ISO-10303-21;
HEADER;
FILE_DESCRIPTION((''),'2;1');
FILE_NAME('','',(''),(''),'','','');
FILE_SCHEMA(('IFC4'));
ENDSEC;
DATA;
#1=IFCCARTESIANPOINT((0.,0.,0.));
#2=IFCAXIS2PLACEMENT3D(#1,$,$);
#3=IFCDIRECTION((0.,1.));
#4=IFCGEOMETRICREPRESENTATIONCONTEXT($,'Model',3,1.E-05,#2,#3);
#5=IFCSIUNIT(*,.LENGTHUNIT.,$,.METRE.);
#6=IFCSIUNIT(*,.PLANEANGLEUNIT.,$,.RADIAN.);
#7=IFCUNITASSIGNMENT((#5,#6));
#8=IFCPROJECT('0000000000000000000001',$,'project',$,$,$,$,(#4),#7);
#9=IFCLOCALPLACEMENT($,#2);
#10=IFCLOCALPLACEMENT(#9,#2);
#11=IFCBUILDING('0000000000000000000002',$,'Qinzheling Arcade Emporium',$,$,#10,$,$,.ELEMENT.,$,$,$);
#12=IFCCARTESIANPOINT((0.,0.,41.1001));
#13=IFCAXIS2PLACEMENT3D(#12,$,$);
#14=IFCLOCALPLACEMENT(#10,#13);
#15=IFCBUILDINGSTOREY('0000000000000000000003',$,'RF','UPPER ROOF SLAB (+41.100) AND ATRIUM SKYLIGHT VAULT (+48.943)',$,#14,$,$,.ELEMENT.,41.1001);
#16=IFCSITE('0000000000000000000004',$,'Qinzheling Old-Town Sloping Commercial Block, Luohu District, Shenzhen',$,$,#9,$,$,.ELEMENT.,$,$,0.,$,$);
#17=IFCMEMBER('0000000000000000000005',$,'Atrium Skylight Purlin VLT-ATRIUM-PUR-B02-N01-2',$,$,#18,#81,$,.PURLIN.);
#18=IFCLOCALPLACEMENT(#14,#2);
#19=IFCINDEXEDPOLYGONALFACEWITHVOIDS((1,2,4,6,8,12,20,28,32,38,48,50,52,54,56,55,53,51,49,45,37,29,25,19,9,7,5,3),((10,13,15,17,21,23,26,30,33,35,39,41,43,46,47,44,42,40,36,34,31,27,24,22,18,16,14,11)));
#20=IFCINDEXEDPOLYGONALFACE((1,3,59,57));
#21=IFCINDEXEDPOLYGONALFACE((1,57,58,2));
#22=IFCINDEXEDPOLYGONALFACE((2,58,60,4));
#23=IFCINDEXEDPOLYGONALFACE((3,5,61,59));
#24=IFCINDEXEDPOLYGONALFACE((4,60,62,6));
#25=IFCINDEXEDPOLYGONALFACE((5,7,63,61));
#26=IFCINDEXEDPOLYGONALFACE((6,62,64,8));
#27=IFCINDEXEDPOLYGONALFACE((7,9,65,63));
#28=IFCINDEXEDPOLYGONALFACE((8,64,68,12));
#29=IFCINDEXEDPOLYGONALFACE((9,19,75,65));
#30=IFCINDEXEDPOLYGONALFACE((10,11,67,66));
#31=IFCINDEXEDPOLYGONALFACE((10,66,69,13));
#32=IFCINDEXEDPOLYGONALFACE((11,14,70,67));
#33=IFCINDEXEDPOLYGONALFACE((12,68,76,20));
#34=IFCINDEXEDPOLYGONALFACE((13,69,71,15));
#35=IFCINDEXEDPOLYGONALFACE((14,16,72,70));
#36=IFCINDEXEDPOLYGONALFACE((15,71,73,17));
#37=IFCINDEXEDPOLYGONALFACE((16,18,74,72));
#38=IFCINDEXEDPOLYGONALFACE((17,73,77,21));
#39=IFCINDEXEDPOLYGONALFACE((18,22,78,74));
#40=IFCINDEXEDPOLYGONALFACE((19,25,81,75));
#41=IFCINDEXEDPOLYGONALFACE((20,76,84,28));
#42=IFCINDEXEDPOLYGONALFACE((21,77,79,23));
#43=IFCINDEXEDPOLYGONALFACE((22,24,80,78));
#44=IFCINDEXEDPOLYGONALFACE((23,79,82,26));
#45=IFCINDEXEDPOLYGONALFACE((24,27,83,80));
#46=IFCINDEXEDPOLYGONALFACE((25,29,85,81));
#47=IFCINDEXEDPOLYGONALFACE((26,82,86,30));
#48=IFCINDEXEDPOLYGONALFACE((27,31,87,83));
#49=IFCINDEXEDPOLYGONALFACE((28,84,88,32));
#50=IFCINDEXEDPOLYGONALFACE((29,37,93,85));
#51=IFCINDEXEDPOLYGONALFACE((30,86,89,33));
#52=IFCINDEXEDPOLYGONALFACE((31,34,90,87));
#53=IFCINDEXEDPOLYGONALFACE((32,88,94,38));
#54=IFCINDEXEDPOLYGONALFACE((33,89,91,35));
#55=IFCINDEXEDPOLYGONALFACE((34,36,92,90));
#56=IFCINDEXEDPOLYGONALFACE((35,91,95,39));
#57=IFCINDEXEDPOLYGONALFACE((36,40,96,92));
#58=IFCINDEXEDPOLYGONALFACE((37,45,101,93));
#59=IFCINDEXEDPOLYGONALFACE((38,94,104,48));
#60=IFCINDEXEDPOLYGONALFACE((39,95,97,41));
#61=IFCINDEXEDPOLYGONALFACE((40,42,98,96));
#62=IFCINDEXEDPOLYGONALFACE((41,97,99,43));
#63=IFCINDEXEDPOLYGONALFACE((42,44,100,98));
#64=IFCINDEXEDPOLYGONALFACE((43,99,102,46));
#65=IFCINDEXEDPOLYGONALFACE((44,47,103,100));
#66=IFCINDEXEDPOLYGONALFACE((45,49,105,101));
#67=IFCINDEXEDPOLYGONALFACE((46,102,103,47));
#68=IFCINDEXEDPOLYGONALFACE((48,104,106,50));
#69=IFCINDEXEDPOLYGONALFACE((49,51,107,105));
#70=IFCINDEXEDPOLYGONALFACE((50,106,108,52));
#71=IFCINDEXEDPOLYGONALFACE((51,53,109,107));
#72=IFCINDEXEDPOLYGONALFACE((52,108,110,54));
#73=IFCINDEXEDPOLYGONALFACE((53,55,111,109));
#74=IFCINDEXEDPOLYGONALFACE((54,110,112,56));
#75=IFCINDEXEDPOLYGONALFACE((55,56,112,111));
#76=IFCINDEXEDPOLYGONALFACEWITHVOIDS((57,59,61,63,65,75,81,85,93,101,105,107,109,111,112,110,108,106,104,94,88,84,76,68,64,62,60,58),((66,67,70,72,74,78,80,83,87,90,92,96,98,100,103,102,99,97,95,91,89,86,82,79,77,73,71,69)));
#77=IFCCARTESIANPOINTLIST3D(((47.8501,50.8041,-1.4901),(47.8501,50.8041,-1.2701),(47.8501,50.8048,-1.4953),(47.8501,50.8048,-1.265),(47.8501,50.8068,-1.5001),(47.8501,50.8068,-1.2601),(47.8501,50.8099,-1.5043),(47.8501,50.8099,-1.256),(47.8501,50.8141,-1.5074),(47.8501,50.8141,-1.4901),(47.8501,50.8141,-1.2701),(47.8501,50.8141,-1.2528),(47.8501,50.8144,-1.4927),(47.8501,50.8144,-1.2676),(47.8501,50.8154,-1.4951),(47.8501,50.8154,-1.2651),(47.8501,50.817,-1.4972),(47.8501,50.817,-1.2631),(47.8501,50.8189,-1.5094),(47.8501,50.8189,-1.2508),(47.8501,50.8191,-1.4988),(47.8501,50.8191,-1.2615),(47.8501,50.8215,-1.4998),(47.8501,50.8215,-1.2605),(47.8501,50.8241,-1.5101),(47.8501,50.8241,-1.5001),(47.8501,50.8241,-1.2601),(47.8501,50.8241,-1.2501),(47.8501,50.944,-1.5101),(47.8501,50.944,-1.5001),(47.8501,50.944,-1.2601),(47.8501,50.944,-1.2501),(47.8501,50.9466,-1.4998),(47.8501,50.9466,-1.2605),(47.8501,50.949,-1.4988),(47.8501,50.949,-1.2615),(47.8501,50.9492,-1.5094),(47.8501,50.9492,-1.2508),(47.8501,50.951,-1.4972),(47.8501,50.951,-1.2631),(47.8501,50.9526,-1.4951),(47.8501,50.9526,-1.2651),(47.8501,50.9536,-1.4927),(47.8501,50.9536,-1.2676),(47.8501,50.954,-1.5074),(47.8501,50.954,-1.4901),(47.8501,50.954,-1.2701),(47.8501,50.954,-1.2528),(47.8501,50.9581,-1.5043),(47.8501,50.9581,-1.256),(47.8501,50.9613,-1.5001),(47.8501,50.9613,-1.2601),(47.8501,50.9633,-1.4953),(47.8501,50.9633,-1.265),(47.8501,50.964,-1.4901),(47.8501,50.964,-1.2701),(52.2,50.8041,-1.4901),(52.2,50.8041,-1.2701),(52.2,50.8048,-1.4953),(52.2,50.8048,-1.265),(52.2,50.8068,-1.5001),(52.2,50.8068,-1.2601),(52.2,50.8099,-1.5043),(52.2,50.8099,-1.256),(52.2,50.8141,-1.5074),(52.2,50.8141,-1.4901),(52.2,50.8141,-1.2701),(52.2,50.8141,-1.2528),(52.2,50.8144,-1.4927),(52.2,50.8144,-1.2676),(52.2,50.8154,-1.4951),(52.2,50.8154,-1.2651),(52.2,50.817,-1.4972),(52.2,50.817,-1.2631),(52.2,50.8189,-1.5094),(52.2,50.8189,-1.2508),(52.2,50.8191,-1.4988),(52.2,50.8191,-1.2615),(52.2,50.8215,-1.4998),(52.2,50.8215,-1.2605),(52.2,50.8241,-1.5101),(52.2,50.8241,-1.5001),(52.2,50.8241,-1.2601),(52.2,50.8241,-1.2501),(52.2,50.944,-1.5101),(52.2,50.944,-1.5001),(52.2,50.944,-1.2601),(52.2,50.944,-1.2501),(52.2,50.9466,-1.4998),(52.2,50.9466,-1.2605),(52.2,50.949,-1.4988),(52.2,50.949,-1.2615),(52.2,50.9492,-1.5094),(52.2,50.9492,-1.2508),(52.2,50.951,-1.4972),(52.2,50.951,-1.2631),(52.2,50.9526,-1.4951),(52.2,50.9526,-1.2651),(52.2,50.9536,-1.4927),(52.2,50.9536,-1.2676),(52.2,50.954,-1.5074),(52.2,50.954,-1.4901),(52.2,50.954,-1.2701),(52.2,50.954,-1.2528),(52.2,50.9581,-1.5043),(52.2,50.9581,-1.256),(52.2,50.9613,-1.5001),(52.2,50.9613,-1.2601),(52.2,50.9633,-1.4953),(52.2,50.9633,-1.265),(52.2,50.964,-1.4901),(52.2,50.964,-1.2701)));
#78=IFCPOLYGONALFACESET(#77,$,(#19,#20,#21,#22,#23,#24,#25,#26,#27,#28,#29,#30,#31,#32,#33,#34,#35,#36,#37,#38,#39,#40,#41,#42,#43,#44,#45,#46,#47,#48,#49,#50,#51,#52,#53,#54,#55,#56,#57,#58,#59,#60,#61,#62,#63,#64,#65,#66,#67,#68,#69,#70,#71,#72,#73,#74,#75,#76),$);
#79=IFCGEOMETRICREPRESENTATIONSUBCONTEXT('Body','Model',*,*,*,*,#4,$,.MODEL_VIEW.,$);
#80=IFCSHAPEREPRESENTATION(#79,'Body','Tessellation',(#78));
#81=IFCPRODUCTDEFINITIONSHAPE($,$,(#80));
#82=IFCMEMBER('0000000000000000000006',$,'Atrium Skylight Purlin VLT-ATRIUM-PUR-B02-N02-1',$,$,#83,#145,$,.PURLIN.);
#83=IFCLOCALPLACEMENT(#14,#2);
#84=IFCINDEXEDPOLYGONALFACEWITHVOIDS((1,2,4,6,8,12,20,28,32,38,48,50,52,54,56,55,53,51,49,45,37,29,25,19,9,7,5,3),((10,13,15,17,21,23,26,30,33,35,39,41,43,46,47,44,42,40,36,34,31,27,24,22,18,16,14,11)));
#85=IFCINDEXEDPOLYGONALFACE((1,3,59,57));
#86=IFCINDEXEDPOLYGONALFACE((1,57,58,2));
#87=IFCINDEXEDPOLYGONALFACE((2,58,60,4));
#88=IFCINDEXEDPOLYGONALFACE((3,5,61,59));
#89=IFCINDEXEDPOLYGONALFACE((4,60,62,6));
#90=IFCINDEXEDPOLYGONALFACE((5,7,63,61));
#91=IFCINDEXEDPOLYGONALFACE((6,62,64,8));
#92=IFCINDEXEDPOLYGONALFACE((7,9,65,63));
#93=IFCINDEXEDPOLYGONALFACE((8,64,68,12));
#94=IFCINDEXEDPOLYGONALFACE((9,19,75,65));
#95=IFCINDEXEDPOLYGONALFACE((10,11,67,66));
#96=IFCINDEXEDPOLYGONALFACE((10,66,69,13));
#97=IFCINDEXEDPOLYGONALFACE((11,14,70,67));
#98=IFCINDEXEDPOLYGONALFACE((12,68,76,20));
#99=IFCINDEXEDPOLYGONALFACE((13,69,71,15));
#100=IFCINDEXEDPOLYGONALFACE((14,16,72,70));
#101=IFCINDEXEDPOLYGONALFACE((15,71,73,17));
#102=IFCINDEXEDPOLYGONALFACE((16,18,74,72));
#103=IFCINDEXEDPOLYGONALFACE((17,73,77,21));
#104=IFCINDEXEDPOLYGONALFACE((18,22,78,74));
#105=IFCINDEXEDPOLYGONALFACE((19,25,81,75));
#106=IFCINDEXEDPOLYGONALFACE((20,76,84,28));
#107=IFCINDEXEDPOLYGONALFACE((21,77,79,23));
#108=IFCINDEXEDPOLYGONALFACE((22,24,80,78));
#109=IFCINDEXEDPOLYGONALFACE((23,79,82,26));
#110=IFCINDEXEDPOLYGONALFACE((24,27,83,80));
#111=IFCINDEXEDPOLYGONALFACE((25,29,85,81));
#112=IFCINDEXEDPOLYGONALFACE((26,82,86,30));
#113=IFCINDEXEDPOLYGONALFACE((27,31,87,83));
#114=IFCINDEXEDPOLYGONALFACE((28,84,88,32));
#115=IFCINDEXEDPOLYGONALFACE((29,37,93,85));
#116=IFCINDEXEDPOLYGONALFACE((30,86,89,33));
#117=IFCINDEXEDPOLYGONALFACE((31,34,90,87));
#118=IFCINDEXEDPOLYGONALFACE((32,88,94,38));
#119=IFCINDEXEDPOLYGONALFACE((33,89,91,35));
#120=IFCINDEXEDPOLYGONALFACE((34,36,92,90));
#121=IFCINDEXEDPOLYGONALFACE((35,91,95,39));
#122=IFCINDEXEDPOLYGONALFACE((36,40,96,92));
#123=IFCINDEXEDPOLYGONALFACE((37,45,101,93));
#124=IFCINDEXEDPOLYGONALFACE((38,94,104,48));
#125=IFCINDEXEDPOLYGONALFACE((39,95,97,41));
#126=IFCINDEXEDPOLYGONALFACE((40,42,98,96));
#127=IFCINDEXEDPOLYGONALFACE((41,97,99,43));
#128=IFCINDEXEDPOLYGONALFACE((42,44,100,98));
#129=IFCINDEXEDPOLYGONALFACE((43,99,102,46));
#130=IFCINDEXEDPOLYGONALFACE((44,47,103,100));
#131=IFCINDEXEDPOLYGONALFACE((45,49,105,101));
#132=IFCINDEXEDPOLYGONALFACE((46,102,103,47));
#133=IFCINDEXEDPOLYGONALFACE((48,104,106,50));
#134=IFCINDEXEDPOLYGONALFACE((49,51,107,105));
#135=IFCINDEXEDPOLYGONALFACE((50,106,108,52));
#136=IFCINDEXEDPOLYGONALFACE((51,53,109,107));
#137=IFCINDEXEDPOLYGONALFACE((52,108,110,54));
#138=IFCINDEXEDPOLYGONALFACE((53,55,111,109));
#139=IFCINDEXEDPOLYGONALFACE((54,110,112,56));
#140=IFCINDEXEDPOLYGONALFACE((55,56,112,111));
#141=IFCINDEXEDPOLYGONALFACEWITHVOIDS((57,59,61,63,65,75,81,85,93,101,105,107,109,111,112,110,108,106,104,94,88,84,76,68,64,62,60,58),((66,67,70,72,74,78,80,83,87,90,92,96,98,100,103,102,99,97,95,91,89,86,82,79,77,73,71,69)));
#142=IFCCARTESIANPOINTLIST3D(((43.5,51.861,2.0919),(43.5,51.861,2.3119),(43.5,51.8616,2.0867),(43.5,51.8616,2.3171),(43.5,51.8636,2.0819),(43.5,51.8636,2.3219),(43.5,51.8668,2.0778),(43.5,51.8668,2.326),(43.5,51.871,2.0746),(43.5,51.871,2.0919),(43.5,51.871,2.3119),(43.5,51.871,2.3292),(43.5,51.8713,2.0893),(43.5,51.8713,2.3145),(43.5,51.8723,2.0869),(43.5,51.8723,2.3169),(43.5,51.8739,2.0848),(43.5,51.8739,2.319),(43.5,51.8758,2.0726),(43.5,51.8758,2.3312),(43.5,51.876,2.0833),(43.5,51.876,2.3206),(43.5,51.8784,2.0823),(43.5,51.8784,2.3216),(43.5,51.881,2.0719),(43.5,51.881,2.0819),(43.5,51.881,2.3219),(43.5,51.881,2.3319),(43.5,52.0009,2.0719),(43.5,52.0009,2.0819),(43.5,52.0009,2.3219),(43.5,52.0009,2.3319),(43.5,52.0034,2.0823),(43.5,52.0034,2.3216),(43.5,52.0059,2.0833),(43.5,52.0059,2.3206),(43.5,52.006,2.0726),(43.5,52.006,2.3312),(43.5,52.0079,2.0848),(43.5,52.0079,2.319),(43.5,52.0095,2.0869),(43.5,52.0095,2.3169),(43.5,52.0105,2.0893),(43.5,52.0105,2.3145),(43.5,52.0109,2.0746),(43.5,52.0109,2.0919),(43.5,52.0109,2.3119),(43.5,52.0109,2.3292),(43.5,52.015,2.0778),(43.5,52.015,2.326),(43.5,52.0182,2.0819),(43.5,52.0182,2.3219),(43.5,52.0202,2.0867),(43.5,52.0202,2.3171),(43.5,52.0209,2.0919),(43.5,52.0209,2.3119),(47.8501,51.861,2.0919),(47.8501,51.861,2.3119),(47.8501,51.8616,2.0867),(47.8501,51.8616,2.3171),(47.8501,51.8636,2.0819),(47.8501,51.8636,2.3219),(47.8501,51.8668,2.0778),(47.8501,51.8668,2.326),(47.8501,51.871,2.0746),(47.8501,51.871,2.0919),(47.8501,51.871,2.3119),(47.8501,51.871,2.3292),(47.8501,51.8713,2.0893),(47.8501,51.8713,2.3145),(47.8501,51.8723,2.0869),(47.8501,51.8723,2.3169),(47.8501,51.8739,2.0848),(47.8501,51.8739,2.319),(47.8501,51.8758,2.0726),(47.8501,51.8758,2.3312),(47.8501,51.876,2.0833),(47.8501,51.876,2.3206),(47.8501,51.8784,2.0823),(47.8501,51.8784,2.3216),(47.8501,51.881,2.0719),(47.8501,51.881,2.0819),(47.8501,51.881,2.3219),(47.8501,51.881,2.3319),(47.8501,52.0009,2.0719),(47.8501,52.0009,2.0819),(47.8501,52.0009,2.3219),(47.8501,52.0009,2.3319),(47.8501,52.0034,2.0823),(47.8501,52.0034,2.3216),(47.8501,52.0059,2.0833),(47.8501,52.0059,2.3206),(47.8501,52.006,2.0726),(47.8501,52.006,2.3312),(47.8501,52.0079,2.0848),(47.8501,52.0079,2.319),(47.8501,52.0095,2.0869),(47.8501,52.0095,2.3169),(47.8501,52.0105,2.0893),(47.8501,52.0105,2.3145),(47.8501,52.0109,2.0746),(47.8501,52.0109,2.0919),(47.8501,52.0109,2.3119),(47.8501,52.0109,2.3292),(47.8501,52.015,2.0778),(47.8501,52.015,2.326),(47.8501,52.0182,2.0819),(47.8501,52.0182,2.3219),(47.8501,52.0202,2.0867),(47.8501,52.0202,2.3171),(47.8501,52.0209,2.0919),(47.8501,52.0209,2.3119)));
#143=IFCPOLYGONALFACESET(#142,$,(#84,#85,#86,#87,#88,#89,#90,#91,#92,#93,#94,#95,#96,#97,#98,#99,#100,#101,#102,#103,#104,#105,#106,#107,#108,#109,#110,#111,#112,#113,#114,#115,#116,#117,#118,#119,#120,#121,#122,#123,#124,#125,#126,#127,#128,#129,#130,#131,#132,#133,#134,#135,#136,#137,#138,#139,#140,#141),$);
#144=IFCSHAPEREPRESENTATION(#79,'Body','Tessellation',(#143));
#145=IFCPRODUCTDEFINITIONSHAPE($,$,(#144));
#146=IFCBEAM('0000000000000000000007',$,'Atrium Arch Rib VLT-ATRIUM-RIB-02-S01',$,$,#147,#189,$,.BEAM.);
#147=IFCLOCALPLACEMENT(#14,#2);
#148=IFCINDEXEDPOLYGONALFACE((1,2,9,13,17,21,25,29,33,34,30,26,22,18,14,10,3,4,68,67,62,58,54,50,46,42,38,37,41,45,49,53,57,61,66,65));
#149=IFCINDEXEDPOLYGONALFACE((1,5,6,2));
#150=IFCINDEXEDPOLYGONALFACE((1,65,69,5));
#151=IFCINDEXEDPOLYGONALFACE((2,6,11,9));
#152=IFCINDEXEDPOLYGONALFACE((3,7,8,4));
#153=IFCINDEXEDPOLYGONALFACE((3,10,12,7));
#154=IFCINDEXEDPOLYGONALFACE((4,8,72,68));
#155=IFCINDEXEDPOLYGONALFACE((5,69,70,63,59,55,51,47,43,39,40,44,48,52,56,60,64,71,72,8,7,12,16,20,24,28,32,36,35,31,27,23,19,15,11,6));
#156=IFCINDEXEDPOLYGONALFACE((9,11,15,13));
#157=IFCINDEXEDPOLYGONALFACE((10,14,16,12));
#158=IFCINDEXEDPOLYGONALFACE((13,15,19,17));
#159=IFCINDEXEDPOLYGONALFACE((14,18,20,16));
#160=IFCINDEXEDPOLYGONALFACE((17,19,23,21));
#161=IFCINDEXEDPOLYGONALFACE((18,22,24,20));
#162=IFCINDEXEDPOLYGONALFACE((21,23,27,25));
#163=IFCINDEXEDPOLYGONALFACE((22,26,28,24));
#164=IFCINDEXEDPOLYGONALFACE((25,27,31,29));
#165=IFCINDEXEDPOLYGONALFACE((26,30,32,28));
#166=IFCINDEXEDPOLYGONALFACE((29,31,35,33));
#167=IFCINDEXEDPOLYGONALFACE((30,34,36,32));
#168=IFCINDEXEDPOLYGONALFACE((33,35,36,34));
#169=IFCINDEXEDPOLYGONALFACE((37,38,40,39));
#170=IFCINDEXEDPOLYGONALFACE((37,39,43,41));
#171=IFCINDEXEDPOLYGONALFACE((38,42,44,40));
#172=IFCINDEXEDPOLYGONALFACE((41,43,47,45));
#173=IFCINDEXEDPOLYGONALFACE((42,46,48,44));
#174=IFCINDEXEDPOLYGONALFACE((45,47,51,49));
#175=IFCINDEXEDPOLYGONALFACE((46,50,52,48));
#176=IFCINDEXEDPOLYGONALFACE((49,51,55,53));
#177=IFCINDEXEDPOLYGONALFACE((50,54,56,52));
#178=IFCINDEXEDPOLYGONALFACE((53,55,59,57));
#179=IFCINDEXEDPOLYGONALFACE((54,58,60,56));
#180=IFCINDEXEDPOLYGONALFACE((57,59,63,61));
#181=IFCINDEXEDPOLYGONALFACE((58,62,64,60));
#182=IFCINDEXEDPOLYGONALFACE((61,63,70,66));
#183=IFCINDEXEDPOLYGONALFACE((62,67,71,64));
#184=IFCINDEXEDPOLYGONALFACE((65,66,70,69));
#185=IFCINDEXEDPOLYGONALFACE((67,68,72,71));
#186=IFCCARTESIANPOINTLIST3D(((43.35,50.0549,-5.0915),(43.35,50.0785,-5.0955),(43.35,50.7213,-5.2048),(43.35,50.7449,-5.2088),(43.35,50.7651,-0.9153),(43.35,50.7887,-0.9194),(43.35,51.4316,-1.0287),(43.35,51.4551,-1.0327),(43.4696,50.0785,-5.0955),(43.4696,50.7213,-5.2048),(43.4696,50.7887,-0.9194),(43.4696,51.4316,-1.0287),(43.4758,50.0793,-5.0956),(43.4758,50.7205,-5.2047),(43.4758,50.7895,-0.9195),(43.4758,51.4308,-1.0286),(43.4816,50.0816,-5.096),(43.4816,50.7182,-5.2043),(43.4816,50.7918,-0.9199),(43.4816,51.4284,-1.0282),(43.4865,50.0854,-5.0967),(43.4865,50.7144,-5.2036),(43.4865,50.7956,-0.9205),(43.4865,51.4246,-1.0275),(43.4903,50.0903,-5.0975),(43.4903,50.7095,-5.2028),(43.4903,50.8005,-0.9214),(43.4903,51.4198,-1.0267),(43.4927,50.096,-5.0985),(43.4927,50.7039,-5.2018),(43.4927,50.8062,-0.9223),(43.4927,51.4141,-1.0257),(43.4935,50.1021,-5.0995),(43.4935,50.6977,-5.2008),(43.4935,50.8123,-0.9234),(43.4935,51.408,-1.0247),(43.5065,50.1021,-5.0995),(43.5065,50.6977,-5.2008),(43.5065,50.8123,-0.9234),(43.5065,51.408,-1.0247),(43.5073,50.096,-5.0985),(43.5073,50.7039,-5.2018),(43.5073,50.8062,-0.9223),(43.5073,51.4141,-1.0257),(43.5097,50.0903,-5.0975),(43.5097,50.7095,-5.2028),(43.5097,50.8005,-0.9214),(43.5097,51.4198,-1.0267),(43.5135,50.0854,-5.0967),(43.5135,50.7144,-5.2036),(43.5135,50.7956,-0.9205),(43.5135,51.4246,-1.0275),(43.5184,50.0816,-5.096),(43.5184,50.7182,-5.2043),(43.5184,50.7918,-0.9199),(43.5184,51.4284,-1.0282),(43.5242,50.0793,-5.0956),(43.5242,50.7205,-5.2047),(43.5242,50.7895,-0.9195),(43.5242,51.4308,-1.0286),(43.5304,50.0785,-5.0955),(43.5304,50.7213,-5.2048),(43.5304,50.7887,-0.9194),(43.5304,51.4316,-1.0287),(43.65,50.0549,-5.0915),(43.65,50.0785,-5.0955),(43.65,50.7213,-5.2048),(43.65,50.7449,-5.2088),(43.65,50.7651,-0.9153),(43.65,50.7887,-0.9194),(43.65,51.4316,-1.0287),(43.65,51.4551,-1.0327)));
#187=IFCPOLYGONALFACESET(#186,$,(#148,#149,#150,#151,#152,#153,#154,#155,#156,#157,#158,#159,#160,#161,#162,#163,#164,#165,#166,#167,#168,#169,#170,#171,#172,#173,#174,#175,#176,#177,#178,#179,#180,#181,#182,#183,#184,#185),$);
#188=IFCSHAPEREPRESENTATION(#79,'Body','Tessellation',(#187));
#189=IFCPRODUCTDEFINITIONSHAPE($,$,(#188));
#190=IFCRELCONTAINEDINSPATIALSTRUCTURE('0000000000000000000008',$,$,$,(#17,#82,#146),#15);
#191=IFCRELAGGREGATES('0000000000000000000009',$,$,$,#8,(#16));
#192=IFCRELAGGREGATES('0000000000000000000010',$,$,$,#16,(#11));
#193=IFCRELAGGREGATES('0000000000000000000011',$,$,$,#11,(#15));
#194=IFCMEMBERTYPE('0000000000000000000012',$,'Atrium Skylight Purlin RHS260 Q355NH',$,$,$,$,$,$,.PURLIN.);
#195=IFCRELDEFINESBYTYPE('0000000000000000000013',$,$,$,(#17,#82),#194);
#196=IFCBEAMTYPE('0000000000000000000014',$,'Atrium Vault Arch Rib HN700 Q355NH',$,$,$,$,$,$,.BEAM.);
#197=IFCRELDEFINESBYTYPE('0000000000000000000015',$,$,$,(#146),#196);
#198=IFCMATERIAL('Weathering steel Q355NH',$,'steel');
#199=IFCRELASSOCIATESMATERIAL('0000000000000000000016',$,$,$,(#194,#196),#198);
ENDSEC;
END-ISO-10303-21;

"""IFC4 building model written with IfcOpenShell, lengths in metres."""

from ifc_helpers import new_model, si_unit, direction, frame, origin, origin_2d, place, context, subcontext, project, spatial, hollow_rectangle, i_section, extrude, material, material_profile, profile_set, type_object, element, save


model = new_model("IFC4")

# Units and contexts
model_context = context("Model", 3, precision=1e-05, world=origin(), true_north=direction((0.0, 1.0)))
body_context = subcontext(model_context, "Body", "Model", "MODEL_VIEW")
ifc_project = project(units=[si_unit("LENGTHUNIT", "METRE"), si_unit("PLANEANGLEUNIT", "RADIAN")], contexts=[model_context])

# Site, building, storey
site_placement = place(None, origin())
site = spatial("IfcSite", under=ifc_project, at=site_placement, Name="Qinzheling Old-Town Sloping Commercial Block, Luohu District, Shenzhen", CompositionType="ELEMENT", RefElevation=0.0)
building_placement = place(site_placement, origin())
building = spatial("IfcBuilding", under=site, at=building_placement, Name="Qinzheling Arcade Emporium", CompositionType="ELEMENT")
storey_placement = place(building_placement, frame((0.0, 0.0, 41.1001)))
storey = spatial("IfcBuildingStorey", under=building, at=storey_placement, Name="RF", Description="UPPER ROOF SLAB (+41.100) AND ATRIUM SKYLIGHT VAULT (+48.943)", CompositionType="ELEMENT", Elevation=41.1001)

# Shared definitions
ifc_material_1 = material(Name="Weathering steel Q355NH", Category="steel")

# Members
ifc_material_profile_1 = material_profile(ifc_material_1, hollow_rectangle(XDim=0.1599, YDim=0.26, WallThickness=0.01, InnerFilletRadius=0.01, OuterFilletRadius=0.02, at=origin_2d()), Name="RHS 260x160x10", Category="steel")
ifc_profile_set_1 = profile_set([ifc_material_profile_1], Name="Weathering steel Q355NH")
member_type = type_object("IfcMemberType", Name="Atrium Skylight Purlin RHS260 Q355NH", PredefinedType="PURLIN", material=ifc_profile_set_1)
member_1_placement = place(storey_placement, frame((47.8501, 50.884, -1.3801), z_axis=(1.0, 0.0, 0.0), x_axis=(0.0, 1.0, 0.0)))
element("IfcMember", 1, at=member_1_placement, inside=storey, type_object=member_type, Name="Atrium Skylight Purlin VLT-ATRIUM-PUR-B02-N01-2", PredefinedType="PURLIN", context=body_context, shape_type="SweptSolid", body=[
    extrude(hollow_rectangle(XDim=0.1599, YDim=0.26, WallThickness=0.01, InnerFilletRadius=0.01, OuterFilletRadius=0.02, at=origin_2d()), origin(), (0.0, 0.0, 1.0), 4.3499),
])
member_2_placement = place(storey_placement, frame((43.5, 51.9409, 2.2019), z_axis=(1.0, 0.0, 0.0), x_axis=(0.0, 1.0, 0.0)))
element("IfcMember", 2, at=member_2_placement, inside=storey, type_object=member_type, Name="Atrium Skylight Purlin VLT-ATRIUM-PUR-B02-N02-1", PredefinedType="PURLIN", context=body_context, shape_type="SweptSolid", body=[
    extrude(hollow_rectangle(XDim=0.1599, YDim=0.26, WallThickness=0.01, InnerFilletRadius=0.01, OuterFilletRadius=0.02, at=origin_2d()), origin(), (0.0, 0.0, 1.0), 4.3501),
])

# Beam
ifc_material_profile_2 = material_profile(ifc_material_1, i_section(OverallWidth=0.3, OverallDepth=0.7, WebThickness=0.0129, FlangeThickness=0.0239, FilletRadius=0.0239, at=origin_2d()), Name="HN 700x300x13x24", Category="steel")
ifc_profile_set_2 = profile_set([ifc_material_profile_2], Name="Weathering steel Q355NH")
beam_type_1 = type_object("IfcBeamType", Name="Atrium Vault Arch Rib HN700 Q355NH", PredefinedType="BEAM", material=ifc_profile_set_2)
beam_1_placement = place(storey_placement, frame((43.5, 50.3999, -5.1501), z_axis=(0.0, 0.16766, 0.985845), x_axis=(-1.0, 0.0, 0.0)))
element("IfcBeam", 3, at=beam_1_placement, inside=storey, type_object=beam_type_1, Name="Atrium Arch Rib VLT-ATRIUM-RIB-02-S01", PredefinedType="BEAM", context=body_context, shape_type="SweptSolid", body=[
    extrude(i_section(OverallWidth=0.3, OverallDepth=0.7, WebThickness=0.0129, FlangeThickness=0.0239, FilletRadius=0.0239, at=origin_2d()), origin(), (0.0, 0.0, 1.0), 4.2361),
])

save(model, "model.ifc")
